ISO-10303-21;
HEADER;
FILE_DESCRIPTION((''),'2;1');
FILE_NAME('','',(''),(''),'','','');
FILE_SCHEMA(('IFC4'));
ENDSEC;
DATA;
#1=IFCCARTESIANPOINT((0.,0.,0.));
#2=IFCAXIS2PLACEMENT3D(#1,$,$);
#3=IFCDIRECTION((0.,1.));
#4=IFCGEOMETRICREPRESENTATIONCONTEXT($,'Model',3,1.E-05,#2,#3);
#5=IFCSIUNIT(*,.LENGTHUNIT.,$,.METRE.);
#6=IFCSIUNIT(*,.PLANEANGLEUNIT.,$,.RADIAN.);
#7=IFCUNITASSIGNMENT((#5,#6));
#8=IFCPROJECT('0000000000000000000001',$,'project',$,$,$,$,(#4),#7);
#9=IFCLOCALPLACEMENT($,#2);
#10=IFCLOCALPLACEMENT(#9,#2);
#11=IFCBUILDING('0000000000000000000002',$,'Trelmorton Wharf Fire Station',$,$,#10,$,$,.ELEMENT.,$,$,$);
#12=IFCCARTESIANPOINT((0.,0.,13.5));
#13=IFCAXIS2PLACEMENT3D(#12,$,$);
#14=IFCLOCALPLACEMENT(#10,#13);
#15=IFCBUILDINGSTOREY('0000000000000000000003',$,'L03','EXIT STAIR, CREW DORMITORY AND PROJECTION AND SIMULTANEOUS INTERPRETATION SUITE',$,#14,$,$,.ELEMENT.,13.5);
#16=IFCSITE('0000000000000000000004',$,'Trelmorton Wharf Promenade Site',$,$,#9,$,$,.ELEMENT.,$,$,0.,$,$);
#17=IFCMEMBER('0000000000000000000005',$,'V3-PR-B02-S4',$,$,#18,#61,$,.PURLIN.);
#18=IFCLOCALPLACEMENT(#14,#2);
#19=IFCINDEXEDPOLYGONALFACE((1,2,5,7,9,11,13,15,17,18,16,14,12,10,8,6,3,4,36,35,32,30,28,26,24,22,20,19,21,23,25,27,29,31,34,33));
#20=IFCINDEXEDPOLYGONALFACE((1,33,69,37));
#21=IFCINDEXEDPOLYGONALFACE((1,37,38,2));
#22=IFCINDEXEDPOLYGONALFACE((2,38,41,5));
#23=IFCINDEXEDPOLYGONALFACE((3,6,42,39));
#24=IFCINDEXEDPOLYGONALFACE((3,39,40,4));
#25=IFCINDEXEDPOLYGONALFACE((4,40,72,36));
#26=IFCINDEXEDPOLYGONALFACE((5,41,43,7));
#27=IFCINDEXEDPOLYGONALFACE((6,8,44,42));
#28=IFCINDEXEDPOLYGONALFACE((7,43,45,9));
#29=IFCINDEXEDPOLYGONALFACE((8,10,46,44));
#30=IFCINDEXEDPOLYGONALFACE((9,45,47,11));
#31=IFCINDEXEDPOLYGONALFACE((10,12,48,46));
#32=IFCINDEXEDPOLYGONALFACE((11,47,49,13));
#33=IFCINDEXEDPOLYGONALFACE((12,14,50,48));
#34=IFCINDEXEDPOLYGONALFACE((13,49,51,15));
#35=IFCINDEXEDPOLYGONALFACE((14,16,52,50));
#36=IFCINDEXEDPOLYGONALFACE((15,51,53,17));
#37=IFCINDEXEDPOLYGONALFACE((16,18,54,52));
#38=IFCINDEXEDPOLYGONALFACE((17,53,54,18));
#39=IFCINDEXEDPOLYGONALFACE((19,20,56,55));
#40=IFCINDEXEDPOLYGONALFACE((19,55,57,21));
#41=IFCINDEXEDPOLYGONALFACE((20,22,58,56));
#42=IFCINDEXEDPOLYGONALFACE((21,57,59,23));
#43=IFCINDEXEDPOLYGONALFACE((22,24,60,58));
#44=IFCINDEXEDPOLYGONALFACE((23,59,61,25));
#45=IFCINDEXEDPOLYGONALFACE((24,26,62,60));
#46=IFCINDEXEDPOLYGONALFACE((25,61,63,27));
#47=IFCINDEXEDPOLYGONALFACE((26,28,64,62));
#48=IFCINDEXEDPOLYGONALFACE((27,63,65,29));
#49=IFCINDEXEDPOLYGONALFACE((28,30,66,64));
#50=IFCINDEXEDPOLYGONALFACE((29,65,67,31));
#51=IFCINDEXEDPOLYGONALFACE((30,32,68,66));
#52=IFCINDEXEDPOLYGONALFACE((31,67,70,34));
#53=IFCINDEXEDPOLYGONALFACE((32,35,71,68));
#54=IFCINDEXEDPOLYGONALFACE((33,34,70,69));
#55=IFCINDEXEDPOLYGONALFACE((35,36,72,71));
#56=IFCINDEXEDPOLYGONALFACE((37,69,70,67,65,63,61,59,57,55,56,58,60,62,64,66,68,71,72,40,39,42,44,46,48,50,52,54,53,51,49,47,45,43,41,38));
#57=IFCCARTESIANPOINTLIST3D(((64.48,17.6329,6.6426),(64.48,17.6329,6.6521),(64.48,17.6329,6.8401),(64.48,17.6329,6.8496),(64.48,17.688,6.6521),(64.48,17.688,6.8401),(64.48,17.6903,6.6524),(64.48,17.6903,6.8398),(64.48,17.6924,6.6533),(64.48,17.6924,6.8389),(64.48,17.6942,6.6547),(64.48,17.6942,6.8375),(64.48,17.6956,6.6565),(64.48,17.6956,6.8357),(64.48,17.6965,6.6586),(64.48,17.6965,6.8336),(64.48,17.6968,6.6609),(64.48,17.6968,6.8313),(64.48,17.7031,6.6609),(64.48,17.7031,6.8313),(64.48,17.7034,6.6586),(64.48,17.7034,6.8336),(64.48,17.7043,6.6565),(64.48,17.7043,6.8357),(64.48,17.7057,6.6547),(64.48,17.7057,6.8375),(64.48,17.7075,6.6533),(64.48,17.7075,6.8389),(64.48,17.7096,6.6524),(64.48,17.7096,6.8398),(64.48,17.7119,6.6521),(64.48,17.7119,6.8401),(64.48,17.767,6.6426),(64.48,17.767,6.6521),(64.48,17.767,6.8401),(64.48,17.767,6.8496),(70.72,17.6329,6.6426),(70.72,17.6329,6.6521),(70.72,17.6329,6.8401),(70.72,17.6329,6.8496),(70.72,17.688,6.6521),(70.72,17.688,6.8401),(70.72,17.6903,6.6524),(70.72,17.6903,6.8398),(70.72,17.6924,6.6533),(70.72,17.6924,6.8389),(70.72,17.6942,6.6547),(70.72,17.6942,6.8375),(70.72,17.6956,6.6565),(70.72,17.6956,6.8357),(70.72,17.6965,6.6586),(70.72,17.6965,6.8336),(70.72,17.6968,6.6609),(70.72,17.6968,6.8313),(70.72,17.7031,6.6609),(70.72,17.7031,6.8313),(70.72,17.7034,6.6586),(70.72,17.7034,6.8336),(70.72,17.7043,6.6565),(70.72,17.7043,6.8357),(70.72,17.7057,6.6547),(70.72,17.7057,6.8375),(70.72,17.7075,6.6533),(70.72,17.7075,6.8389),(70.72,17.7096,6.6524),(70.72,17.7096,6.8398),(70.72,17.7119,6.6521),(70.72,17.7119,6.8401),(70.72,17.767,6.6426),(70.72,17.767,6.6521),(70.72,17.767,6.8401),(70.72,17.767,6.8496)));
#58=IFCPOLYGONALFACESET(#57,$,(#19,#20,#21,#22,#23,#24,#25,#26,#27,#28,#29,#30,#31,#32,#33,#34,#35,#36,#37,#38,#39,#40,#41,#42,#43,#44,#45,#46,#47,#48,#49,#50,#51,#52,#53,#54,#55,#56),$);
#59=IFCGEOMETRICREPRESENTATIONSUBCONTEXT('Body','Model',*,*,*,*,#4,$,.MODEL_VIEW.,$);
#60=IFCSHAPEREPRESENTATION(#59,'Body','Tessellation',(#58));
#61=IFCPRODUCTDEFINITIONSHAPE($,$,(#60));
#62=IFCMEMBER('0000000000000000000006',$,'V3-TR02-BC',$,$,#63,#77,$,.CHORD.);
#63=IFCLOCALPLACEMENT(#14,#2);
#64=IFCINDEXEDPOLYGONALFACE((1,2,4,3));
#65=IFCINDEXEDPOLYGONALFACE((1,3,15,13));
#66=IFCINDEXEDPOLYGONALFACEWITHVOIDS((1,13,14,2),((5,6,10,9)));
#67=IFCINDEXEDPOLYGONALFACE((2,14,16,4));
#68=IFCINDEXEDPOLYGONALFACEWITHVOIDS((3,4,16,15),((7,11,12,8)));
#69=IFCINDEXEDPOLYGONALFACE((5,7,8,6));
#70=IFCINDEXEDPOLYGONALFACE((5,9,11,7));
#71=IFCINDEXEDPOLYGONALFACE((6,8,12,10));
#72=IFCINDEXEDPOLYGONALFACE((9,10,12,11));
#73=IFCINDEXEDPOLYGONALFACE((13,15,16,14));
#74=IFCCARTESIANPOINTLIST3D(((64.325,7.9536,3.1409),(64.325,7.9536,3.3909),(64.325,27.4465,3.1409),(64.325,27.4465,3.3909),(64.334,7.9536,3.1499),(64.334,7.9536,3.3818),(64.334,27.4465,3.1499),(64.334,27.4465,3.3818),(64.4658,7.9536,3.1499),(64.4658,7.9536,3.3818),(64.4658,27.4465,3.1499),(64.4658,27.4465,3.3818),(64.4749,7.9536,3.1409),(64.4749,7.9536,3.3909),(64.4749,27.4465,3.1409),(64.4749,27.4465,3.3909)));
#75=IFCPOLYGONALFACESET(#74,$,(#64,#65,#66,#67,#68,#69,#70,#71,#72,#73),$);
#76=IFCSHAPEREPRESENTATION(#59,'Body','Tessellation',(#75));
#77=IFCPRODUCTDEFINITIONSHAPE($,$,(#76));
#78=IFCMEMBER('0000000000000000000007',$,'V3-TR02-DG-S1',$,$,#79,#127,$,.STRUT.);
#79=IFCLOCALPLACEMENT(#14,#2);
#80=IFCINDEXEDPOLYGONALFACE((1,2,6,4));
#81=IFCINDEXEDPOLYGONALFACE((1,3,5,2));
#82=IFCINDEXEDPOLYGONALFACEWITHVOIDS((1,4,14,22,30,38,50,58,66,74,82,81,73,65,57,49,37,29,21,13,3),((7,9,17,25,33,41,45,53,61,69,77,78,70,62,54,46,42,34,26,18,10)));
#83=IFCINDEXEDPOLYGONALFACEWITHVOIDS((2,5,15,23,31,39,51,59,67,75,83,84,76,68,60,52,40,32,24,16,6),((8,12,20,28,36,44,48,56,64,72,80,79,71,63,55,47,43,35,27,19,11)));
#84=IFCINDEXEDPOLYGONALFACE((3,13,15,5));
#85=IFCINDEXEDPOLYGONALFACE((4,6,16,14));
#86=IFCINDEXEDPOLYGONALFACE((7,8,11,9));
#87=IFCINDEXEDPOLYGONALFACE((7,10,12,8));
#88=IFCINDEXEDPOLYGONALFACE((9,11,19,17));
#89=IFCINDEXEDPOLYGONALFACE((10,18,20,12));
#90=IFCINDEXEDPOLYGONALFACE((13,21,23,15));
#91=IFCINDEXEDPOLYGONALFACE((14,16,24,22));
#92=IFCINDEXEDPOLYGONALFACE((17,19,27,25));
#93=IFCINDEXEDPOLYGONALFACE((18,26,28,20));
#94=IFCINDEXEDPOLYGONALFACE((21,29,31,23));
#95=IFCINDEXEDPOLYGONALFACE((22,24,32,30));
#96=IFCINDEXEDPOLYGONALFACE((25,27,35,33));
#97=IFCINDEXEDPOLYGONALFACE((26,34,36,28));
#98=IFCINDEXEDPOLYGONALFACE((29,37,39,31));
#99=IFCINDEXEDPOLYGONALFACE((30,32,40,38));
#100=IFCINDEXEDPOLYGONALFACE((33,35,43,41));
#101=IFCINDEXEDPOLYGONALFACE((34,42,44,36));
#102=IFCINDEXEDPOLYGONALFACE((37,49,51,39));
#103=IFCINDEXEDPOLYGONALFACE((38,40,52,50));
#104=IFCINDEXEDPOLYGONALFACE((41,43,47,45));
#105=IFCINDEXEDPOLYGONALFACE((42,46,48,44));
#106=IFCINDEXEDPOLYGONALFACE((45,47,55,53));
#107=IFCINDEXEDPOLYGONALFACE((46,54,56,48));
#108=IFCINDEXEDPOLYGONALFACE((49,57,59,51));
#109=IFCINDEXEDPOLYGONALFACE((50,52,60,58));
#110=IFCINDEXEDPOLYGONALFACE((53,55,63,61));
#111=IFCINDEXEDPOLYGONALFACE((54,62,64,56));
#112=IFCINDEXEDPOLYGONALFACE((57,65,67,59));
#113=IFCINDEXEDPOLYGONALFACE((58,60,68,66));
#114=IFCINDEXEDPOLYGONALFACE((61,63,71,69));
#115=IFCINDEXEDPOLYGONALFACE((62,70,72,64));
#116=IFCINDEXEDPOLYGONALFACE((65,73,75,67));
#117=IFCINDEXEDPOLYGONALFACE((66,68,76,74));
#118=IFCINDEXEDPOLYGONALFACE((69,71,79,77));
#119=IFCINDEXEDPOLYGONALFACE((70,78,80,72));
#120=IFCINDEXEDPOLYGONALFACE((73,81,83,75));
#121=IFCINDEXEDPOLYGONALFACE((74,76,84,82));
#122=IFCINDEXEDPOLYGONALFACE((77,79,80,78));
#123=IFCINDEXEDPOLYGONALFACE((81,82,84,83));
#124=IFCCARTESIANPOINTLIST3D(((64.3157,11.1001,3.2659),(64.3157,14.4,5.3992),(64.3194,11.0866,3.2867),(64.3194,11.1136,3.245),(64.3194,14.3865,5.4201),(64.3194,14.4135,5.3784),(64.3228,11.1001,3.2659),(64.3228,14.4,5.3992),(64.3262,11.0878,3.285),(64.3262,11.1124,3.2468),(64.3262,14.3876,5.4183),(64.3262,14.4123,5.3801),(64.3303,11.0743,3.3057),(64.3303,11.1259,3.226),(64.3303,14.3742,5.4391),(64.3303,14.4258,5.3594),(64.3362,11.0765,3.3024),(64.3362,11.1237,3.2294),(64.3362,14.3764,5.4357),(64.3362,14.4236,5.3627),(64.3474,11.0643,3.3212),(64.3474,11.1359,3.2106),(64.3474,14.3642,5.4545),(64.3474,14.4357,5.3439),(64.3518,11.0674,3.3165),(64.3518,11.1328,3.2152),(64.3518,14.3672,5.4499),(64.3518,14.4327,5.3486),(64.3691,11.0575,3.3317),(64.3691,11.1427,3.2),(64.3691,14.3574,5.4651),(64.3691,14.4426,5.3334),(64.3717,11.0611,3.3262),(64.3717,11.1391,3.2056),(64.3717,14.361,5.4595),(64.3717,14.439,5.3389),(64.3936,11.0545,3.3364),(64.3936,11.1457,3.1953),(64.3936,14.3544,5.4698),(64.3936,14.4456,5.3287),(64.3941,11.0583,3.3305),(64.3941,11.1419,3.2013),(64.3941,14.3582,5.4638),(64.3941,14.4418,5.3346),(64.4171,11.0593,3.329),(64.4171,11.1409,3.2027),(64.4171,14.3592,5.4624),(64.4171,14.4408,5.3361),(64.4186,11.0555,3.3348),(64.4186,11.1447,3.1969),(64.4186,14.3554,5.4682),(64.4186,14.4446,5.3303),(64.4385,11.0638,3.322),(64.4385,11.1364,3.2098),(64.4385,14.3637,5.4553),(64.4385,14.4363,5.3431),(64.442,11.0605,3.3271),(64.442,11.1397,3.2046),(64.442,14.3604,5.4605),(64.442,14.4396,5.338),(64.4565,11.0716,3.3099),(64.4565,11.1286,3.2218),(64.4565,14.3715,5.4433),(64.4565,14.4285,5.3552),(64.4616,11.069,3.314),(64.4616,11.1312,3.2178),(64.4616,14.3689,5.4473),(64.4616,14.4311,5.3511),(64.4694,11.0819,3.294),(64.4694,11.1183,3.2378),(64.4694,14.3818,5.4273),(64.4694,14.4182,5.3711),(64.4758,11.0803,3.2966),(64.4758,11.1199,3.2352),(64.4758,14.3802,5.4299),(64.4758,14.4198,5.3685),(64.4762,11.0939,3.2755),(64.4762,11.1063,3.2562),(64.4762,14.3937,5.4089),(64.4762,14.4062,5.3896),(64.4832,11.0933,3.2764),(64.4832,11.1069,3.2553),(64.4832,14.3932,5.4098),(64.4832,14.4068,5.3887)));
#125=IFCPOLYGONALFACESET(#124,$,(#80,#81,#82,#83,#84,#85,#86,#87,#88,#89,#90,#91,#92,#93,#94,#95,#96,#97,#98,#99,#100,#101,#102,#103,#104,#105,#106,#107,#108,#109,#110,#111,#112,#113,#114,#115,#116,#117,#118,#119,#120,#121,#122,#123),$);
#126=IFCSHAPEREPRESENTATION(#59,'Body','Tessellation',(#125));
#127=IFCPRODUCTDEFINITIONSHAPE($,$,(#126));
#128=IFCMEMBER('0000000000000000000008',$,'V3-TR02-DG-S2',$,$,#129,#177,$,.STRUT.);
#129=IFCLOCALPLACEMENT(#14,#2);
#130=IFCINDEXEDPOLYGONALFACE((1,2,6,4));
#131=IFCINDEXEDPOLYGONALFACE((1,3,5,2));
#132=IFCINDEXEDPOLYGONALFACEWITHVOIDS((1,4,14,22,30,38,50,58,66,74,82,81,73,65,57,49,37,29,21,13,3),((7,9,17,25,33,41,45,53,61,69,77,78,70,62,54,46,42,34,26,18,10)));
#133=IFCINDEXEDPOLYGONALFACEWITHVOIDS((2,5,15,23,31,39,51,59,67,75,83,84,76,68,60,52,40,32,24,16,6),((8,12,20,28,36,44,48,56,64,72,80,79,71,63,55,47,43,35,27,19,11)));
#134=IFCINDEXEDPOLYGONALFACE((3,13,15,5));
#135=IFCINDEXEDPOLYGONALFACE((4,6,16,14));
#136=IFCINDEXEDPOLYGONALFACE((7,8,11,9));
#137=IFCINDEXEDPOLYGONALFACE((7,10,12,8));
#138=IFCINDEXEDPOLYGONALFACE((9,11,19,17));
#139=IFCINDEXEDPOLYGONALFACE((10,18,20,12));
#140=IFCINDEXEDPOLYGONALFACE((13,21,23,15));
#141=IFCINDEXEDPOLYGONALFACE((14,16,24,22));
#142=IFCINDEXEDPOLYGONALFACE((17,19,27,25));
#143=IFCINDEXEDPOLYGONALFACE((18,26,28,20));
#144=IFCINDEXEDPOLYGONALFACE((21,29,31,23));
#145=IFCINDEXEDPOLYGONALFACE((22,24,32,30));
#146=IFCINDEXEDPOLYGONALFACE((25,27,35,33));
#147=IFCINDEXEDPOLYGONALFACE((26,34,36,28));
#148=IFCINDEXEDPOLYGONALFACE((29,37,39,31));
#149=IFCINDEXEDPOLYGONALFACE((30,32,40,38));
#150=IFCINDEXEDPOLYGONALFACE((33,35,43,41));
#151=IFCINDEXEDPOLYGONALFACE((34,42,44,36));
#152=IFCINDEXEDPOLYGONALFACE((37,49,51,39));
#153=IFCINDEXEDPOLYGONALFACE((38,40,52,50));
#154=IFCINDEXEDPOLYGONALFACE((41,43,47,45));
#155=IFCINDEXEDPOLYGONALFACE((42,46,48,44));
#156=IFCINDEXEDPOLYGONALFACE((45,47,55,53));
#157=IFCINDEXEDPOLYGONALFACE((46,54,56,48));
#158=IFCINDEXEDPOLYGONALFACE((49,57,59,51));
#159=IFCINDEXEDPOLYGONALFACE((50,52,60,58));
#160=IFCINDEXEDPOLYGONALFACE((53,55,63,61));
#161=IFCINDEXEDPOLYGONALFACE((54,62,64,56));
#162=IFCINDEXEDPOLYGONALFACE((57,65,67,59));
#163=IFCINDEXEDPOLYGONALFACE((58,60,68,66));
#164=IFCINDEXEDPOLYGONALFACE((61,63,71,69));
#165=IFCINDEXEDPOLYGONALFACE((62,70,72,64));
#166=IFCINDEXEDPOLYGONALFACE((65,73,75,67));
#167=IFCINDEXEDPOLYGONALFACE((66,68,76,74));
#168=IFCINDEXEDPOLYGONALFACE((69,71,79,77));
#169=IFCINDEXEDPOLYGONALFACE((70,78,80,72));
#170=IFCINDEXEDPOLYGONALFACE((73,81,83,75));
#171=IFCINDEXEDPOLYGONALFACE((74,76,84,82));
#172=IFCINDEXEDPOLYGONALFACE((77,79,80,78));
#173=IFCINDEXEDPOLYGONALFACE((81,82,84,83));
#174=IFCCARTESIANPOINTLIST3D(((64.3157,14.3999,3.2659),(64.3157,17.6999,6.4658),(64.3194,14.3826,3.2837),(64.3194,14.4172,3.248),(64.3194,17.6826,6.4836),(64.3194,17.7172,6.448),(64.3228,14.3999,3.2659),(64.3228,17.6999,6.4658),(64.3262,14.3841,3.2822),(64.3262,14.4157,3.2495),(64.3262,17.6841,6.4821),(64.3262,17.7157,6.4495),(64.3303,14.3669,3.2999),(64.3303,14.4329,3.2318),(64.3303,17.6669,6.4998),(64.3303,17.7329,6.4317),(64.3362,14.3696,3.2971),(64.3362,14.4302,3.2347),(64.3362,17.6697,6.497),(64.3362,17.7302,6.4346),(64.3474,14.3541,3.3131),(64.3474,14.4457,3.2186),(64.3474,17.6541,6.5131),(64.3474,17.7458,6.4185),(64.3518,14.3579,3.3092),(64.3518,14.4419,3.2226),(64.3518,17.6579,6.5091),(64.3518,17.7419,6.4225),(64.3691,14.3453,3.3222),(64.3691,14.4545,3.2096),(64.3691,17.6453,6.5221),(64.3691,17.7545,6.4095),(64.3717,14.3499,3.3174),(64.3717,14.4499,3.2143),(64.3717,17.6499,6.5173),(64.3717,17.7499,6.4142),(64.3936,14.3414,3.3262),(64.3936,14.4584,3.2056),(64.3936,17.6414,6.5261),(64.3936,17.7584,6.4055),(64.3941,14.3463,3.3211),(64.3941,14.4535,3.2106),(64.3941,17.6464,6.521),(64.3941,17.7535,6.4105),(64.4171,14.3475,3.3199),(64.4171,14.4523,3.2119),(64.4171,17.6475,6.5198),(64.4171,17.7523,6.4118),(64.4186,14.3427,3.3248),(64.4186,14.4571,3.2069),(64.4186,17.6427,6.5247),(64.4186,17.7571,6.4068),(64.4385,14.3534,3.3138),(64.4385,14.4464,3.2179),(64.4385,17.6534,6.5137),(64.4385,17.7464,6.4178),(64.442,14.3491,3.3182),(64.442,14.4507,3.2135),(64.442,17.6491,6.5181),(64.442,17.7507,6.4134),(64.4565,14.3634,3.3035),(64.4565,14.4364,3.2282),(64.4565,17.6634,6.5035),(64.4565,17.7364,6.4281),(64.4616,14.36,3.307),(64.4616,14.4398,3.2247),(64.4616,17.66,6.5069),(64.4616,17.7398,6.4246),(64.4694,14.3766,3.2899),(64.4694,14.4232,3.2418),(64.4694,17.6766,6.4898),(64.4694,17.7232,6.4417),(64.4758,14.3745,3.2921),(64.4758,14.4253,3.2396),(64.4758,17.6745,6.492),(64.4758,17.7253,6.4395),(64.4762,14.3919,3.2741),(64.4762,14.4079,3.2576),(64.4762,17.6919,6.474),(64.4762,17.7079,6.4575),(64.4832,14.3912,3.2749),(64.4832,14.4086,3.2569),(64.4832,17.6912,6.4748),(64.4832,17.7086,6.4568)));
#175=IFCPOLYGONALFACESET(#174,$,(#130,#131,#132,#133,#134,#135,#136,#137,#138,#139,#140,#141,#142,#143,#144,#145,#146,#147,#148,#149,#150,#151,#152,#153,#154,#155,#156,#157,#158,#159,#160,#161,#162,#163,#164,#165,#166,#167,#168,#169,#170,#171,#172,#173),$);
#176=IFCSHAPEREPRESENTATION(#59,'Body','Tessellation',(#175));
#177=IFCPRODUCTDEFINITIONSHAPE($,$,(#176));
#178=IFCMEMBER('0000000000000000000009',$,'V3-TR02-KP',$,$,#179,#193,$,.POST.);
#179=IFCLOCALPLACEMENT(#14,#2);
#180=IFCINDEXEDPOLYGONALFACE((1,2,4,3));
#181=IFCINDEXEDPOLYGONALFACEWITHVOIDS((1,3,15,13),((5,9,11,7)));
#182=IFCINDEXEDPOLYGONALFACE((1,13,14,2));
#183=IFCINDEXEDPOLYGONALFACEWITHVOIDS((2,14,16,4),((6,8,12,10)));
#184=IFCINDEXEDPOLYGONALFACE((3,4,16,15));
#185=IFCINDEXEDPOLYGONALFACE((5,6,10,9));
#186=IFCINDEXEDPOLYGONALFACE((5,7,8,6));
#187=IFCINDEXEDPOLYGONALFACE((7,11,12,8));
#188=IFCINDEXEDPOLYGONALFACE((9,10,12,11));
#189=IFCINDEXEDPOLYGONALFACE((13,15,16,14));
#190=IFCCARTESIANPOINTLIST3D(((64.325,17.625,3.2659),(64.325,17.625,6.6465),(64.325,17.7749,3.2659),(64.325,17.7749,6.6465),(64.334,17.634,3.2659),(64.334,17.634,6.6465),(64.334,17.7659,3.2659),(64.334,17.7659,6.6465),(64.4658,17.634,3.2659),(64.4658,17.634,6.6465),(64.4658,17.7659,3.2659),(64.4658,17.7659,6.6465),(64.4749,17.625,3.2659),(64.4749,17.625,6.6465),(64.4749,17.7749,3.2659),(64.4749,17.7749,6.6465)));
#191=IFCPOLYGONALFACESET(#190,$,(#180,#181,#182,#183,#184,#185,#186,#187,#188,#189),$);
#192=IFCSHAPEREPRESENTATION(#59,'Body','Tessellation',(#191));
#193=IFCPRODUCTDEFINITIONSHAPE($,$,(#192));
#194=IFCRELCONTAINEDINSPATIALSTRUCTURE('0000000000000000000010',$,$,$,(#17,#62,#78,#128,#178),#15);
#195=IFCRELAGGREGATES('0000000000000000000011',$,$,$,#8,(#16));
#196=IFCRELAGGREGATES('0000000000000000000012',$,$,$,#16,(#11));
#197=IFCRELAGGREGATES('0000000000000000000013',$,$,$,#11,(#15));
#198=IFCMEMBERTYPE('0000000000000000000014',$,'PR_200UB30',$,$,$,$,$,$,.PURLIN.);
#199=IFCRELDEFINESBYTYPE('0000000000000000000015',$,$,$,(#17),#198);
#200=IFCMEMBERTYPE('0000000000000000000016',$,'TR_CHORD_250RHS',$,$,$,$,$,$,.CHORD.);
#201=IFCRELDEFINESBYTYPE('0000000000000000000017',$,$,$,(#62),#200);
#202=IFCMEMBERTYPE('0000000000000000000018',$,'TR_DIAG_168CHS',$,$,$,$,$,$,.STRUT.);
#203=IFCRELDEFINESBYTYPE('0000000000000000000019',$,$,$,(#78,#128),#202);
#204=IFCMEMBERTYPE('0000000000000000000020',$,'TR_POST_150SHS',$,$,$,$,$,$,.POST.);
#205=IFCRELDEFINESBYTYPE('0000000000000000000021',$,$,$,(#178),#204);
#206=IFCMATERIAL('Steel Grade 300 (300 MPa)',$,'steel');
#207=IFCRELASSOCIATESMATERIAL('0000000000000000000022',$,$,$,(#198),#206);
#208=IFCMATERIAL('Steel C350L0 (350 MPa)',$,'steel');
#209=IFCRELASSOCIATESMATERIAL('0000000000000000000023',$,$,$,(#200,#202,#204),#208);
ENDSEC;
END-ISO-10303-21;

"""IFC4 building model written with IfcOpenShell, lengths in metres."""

from ifc_helpers import new_model, si_unit, direction, frame, origin, origin_2d, place, context, subcontext, project, spatial, hollow_rectangle, hollow_circle, i_section, extrude, material, material_profile, profile_set, type_object, element, save


model = new_model("IFC4")

# Units and contexts
model_context = context("Model", 3, precision=1e-05, world=origin(), true_north=direction((0.0, 1.0)))
body_context = subcontext(model_context, "Body", "Model", "MODEL_VIEW")
ifc_project = project(units=[si_unit("LENGTHUNIT", "METRE"), si_unit("PLANEANGLEUNIT", "RADIAN")], contexts=[model_context])

# Site, building, storey
site_placement = place(None, origin())
site = spatial("IfcSite", under=ifc_project, at=site_placement, Name="Trelmorton Wharf Promenade Site", CompositionType="ELEMENT", RefElevation=0.0)
building_placement = place(site_placement, origin())
building = spatial("IfcBuilding", under=site, at=building_placement, Name="Trelmorton Wharf Fire Station", CompositionType="ELEMENT")
storey_placement = place(building_placement, frame((0.0, 0.0, 13.5)))
storey = spatial("IfcBuildingStorey", under=building, at=storey_placement, Name="L03", Description="EXIT STAIR, CREW DORMITORY AND PROJECTION AND SIMULTANEOUS INTERPRETATION SUITE", CompositionType="ELEMENT", Elevation=13.5)

# Members
ifc_material_1 = material(Name="Steel Grade 300 (300 MPa)", Category="steel")
ifc_material_profile_1 = material_profile(ifc_material_1, i_section(OverallWidth=0.134, OverallDepth=0.207, WebThickness=0.0063, FlangeThickness=0.0095, FilletRadius=0.0088, at=origin_2d()), Name="200UB29.8")
ifc_profile_set_1 = profile_set([ifc_material_profile_1], Name="Steel Grade 300 (300 MPa)")
member_type_1 = type_object("IfcMemberType", Name="PR_200UB30", PredefinedType="PURLIN", material=ifc_profile_set_1)
for number, where, z_axis, x_axis, name in (
    (1, (64.48, 17.7, 6.7461), (1.0, 0.0, 0.0), (0.0, 1.0, 0.0), "V3-PR-B02-S4"),
):
    element("IfcMember", number, at=place(storey_placement, frame(where, z_axis=z_axis, x_axis=x_axis)), inside=storey, type_object=member_type_1, Name=name, PredefinedType="PURLIN", context=body_context, shape_type="SweptSolid", body=[
        extrude(i_section(OverallWidth=0.134, OverallDepth=0.207, WebThickness=0.0063, FlangeThickness=0.0095, FilletRadius=0.0088, at=origin_2d()), origin(), (0.0, 0.0, 1.0), 6.24),
    ])
ifc_material_2 = material(Name="Steel C350L0 (350 MPa)", Category="steel")
ifc_material_profile_2 = material_profile(ifc_material_2, hollow_rectangle(XDim=0.1499, YDim=0.25, WallThickness=0.009, at=origin_2d()), Name="250x150x9.0RHS")
ifc_profile_set_2 = profile_set([ifc_material_profile_2], Name="Steel C350L0 (350 MPa)")
member_type_2 = type_object("IfcMemberType", Name="TR_CHORD_250RHS", PredefinedType="CHORD", material=ifc_profile_set_2)
member_1_placement = place(storey_placement, frame((64.3999, 7.9536, 3.2659), z_axis=(0.0, 1.0, 0.0), x_axis=(-1.0, 0.0, 0.0)))
element("IfcMember", 2, at=member_1_placement, inside=storey, type_object=member_type_2, Name="V3-TR02-BC", PredefinedType="CHORD", context=body_context, shape_type="SweptSolid", body=[
    extrude(hollow_rectangle(XDim=0.1499, YDim=0.25, WallThickness=0.009, at=origin_2d()), origin(), (0.0, 0.0, 1.0), 19.4929),
])
ifc_material_profile_3 = material_profile(ifc_material_2, hollow_circle(Radius=0.0842, WallThickness=0.0071, at=origin_2d()), Name="168.3x7.1CHS")
ifc_profile_set_3 = profile_set([ifc_material_profile_3], Name="Steel C350L0 (350 MPa)")
member_type_3 = type_object("IfcMemberType", Name="TR_DIAG_168CHS", PredefinedType="STRUT", material=ifc_profile_set_3)
member_2_placement = place(storey_placement, frame((64.3999, 11.1001, 3.2659), z_axis=(0.0, 0.839787, 0.542916), x_axis=(-1.0, 0.0, 0.0)))
element("IfcMember", 3, at=member_2_placement, inside=storey, type_object=member_type_3, Name="V3-TR02-DG-S1", PredefinedType="STRUT", context=body_context, shape_type="SweptSolid", body=[
    extrude(hollow_circle(Radius=0.0842, WallThickness=0.0071, at=origin_2d()), origin(), (0.0, 0.0, 1.0), 3.9294),
])
member_3_placement = place(storey_placement, frame((64.3999, 14.3999, 3.2659), z_axis=(0.0, 0.717911, 0.696135), x_axis=(-1.0, 0.0, 0.0)))
element("IfcMember", 4, at=member_3_placement, inside=storey, type_object=member_type_3, Name="V3-TR02-DG-S2", PredefinedType="STRUT", context=body_context, shape_type="SweptSolid", body=[
    extrude(hollow_circle(Radius=0.0842, WallThickness=0.0071, at=origin_2d()), origin(), (0.0, 0.0, 1.0), 4.5967),
])
ifc_material_profile_4 = material_profile(ifc_material_2, hollow_rectangle(XDim=0.1499, YDim=0.1499, WallThickness=0.009, at=origin_2d()), Name="150x150x9.0SHS")
ifc_profile_set_4 = profile_set([ifc_material_profile_4], Name="Steel C350L0 (350 MPa)")
member_type_4 = type_object("IfcMemberType", Name="TR_POST_150SHS", PredefinedType="POST", material=ifc_profile_set_4)
member_4_placement = place(storey_placement, frame((64.3999, 17.7, 3.2659), z_axis=(0.0, 0.0, 1.0), x_axis=(1.0, 0.0, 0.0)))
element("IfcMember", 5, at=member_4_placement, inside=storey, type_object=member_type_4, Name="V3-TR02-KP", PredefinedType="POST", context=body_context, shape_type="SweptSolid", body=[
    extrude(hollow_rectangle(XDim=0.1499, YDim=0.1499, WallThickness=0.009, at=origin_2d()), origin(), (0.0, 0.0, 1.0), 3.3806),
])

save(model, "model.ifc")
